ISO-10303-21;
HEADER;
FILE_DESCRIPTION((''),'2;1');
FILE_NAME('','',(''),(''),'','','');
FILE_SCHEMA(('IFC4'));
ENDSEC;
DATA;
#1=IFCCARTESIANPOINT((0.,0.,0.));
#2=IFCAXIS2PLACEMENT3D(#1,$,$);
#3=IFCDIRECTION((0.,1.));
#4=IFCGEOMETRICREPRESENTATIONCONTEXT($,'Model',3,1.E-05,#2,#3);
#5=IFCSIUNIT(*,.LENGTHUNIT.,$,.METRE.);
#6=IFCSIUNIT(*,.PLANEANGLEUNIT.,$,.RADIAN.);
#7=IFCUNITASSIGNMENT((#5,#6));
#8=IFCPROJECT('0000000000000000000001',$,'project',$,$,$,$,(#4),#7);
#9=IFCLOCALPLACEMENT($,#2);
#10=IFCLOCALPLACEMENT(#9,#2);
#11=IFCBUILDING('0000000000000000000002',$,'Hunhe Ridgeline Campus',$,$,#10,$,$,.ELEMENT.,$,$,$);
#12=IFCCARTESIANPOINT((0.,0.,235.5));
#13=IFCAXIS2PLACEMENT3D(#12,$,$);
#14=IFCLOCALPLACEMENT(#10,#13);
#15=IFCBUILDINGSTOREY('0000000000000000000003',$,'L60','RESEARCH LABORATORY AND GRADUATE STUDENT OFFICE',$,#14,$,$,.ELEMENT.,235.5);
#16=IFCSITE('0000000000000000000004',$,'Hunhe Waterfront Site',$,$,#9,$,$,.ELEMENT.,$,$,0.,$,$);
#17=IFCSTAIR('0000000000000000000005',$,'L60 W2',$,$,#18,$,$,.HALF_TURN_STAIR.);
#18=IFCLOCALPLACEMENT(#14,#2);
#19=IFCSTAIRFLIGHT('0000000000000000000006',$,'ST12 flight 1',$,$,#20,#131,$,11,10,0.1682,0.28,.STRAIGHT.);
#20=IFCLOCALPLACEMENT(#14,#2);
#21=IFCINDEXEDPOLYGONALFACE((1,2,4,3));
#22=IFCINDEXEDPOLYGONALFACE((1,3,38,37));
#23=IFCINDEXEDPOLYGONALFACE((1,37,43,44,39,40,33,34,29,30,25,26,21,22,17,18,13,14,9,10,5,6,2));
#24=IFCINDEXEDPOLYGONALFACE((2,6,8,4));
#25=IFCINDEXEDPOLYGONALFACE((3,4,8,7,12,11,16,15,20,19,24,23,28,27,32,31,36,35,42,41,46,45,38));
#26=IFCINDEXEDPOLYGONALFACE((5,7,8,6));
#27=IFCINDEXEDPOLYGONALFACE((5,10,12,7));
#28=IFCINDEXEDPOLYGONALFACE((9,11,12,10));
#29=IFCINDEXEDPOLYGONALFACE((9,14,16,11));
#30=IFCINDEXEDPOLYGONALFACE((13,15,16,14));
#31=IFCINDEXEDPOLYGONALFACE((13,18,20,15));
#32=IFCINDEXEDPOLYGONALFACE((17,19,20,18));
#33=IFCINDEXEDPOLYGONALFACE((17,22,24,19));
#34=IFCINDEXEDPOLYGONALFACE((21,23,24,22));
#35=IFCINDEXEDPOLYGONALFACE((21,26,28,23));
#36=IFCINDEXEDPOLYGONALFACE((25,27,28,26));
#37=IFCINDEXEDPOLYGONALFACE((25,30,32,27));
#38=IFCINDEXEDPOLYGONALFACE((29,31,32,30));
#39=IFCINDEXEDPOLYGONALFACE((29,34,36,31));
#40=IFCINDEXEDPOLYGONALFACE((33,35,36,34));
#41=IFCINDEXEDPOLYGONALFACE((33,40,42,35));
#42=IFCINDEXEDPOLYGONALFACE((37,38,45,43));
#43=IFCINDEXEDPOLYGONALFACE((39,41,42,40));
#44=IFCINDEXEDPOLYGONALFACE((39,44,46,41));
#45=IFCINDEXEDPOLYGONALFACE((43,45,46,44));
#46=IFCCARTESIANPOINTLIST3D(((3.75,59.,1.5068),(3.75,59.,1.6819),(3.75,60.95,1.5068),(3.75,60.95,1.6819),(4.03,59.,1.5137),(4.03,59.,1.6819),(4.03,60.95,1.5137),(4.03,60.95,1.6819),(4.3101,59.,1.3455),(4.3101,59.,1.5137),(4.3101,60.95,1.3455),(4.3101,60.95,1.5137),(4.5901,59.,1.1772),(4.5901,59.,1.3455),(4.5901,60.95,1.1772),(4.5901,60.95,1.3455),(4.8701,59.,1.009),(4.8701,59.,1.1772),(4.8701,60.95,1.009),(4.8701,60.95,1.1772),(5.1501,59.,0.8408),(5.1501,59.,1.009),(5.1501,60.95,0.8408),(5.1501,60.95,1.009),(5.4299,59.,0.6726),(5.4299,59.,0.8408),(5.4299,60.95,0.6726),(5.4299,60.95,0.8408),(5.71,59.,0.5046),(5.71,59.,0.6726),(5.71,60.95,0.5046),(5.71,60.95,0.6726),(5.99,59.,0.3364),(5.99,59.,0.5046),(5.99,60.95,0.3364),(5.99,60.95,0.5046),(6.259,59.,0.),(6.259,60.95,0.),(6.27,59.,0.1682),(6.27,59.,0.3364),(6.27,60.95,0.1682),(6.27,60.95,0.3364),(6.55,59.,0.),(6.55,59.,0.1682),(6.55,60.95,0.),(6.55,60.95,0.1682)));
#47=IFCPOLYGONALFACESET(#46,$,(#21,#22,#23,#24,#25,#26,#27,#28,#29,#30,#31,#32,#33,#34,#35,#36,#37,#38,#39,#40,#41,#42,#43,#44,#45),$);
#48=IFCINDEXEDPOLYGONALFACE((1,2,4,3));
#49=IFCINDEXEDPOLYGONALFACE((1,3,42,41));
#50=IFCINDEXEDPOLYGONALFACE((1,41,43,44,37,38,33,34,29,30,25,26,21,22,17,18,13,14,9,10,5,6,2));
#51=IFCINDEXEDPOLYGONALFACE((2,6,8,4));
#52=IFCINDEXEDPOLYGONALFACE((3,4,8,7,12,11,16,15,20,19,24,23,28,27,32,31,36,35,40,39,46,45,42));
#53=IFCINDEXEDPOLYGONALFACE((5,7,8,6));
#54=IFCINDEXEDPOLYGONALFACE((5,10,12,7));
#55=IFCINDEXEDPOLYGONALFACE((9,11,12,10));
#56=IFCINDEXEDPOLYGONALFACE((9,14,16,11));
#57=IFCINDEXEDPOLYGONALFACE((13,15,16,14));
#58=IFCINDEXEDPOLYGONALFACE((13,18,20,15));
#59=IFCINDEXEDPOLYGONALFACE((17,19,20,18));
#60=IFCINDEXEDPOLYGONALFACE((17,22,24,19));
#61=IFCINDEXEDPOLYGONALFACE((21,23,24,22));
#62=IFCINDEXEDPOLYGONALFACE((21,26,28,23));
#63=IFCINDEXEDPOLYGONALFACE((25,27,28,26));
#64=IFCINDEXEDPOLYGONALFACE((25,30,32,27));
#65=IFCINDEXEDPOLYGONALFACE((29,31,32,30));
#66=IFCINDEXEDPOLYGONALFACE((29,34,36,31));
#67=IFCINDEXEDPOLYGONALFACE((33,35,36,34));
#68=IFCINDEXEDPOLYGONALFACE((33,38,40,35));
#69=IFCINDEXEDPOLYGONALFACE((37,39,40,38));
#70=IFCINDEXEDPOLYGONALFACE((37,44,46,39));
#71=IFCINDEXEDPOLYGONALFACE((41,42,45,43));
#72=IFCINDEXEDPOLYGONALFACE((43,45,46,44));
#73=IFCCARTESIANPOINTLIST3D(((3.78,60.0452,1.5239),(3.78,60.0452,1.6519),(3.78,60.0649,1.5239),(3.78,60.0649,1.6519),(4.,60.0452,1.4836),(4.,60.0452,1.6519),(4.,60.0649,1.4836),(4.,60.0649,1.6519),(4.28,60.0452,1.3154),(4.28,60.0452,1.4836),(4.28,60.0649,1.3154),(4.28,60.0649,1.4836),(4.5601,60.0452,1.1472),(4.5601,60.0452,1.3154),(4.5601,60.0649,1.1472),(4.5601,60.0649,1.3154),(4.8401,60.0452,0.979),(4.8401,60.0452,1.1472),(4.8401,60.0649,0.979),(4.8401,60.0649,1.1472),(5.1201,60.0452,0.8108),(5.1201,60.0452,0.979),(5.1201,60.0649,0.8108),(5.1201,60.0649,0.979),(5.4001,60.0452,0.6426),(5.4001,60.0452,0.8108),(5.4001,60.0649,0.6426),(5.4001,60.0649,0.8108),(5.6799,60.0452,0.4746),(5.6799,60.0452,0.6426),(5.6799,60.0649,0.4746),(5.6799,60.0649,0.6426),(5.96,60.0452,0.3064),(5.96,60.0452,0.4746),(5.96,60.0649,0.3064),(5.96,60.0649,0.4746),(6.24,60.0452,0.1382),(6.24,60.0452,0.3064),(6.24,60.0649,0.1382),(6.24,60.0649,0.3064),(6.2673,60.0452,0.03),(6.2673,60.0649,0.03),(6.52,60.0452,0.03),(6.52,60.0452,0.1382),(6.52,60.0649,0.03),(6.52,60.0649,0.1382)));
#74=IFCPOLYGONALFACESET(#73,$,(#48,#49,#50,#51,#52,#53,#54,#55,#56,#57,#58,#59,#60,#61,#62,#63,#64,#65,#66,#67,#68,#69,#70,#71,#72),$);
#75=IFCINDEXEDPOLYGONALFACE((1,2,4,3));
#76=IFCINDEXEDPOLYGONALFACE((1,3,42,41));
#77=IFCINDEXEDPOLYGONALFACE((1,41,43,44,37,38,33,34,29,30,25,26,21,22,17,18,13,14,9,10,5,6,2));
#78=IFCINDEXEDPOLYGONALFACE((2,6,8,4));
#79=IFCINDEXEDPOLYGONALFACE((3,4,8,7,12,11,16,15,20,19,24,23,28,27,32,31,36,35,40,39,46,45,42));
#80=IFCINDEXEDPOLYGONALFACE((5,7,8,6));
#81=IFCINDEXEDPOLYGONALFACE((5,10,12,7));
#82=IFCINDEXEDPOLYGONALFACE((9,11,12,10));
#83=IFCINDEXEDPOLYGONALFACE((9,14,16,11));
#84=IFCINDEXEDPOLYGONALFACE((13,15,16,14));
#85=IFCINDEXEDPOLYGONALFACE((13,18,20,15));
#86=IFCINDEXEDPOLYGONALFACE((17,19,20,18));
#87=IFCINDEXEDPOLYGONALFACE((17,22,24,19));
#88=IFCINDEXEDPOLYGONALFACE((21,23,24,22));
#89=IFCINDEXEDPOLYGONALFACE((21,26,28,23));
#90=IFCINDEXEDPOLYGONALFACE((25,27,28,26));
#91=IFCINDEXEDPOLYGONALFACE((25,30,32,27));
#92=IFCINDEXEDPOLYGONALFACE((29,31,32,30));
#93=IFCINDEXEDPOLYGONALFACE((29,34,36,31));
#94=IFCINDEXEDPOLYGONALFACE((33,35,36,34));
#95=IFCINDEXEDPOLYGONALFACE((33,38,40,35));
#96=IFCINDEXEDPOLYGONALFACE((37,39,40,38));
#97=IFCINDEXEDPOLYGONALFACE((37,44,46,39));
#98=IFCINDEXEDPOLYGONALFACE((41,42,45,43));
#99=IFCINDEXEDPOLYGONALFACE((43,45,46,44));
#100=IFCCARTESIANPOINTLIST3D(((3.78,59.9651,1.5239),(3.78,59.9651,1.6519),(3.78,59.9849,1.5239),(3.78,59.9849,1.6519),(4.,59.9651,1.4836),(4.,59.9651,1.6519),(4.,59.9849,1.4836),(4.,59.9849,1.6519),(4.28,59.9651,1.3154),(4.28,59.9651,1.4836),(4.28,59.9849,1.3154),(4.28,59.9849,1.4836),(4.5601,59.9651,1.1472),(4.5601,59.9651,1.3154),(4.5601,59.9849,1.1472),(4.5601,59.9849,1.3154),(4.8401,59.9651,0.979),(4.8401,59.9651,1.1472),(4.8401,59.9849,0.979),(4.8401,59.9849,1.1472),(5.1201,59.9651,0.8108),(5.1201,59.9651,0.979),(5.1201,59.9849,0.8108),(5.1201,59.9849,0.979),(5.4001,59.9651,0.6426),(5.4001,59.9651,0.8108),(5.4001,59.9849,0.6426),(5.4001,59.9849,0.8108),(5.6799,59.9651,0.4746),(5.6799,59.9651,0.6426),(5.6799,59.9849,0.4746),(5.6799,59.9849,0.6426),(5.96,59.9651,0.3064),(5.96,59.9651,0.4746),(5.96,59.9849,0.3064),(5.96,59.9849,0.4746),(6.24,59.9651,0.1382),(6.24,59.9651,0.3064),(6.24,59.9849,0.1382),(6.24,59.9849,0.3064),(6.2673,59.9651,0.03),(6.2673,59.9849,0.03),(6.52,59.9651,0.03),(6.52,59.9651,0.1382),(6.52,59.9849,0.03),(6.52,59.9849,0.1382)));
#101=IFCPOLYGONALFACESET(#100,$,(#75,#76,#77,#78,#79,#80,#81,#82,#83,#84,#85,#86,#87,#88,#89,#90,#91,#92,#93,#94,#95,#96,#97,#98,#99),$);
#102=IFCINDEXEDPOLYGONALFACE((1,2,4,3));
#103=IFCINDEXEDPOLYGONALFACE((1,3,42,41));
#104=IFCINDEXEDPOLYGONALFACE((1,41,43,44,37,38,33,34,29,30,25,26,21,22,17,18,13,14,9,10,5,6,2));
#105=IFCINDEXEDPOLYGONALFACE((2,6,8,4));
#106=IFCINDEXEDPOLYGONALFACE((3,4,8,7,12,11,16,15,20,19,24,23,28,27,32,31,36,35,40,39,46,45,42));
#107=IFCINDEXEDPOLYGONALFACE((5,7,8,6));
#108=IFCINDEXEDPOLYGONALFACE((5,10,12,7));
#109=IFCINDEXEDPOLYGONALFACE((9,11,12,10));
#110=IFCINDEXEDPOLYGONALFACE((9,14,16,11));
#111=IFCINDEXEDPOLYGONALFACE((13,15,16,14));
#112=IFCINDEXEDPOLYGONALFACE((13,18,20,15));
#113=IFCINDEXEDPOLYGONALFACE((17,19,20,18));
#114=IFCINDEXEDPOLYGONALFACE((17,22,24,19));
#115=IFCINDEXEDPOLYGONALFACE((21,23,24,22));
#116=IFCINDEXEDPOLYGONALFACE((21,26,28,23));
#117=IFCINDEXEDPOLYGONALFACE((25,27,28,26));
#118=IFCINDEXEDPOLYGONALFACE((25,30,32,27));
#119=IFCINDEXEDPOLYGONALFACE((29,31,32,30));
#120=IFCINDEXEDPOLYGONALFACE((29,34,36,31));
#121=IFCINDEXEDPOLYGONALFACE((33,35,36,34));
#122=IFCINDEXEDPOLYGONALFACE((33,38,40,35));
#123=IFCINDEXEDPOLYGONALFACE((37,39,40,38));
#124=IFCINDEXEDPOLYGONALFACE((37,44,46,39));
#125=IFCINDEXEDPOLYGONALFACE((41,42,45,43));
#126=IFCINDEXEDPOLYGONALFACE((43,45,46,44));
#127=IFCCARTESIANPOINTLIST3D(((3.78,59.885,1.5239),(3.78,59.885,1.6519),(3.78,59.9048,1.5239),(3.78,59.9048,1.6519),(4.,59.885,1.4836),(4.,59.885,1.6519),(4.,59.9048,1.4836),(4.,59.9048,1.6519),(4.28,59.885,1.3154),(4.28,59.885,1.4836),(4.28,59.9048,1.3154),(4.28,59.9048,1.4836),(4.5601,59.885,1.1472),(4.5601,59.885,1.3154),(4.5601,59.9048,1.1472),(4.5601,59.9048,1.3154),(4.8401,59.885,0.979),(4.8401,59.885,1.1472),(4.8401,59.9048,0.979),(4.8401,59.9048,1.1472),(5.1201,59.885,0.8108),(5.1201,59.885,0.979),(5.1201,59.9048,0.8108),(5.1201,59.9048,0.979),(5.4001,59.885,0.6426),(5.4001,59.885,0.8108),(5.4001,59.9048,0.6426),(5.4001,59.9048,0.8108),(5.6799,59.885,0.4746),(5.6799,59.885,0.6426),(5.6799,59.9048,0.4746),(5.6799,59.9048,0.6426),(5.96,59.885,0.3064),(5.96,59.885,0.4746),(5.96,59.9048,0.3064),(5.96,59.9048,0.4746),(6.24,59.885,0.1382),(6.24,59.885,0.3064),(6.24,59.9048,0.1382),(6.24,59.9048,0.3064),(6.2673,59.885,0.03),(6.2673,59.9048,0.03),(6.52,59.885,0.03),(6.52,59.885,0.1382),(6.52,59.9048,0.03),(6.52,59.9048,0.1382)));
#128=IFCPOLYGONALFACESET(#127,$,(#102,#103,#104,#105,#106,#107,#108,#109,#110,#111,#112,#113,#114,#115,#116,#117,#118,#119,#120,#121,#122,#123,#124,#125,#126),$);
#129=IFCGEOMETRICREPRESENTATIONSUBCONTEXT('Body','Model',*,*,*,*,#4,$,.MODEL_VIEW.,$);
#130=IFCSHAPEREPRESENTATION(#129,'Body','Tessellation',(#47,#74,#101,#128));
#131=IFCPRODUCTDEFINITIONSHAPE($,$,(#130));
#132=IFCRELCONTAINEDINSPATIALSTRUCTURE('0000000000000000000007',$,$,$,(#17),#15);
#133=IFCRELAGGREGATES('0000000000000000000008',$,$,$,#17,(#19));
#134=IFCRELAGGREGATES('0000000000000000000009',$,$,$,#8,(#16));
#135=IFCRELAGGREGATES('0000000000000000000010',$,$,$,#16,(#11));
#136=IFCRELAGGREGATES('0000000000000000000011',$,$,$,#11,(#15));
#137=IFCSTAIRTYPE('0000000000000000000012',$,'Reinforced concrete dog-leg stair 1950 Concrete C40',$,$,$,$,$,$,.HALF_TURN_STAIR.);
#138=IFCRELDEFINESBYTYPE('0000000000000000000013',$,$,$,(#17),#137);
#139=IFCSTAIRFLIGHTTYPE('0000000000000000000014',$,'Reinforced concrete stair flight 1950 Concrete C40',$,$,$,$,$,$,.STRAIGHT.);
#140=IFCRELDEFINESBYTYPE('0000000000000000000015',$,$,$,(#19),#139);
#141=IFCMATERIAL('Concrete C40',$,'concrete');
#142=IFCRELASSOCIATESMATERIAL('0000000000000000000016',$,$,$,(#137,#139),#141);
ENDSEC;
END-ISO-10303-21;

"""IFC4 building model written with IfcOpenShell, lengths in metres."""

from ifc_helpers import new_model, si_unit, direction, frame, origin, place, context, subcontext, project, spatial, polyline, outline, extrude, material, type_object, element, aggregate, save


model = new_model("IFC4")

# Units and contexts
model_context = context("Model", 3, precision=1e-05, world=origin(), true_north=direction((0.0, 1.0)))
body_context = subcontext(model_context, "Body", "Model", "MODEL_VIEW")
ifc_project = project(units=[si_unit("LENGTHUNIT", "METRE"), si_unit("PLANEANGLEUNIT", "RADIAN")], contexts=[model_context])

# Site, building, storey
site_placement = place(None, origin())
site = spatial("IfcSite", under=ifc_project, at=site_placement, Name="Hunhe Waterfront Site", CompositionType="ELEMENT", RefElevation=0.0)
building_placement = place(site_placement, origin())
building = spatial("IfcBuilding", under=site, at=building_placement, Name="Hunhe Ridgeline Campus", CompositionType="ELEMENT")
storey_placement = place(building_placement, frame((0.0, 0.0, 235.5)))
storey = spatial("IfcBuildingStorey", under=building, at=storey_placement, Name="L60", Description="RESEARCH LABORATORY AND GRADUATE STUDENT OFFICE", CompositionType="ELEMENT", Elevation=235.5)

# Stair, stair flight
ifc_material_1 = material(Name="Concrete C40", Category="concrete")
stair_type = type_object("IfcStairType", Name="Reinforced concrete dog-leg stair 1950 Concrete C40", PredefinedType="HALF_TURN_STAIR", material=ifc_material_1)
stair_flight_type = type_object("IfcStairFlightType", Name="Reinforced concrete stair flight 1950 Concrete C40", PredefinedType="STRAIGHT", material=ifc_material_1)
stair_1_placement = place(storey_placement, origin())
stair_1 = element("IfcStair", 1, at=stair_1_placement, inside=storey, type_object=stair_type, Name="L60 W2", PredefinedType="HALF_TURN_STAIR")
stair_flight_1_placement = place(storey_placement, frame((6.55, 59.9751, 0.0), z_axis=(0.0, 0.0, 1.0), x_axis=(-1.0, 0.0, 0.0)))
stair_flight_1 = element("IfcStairFlight", 2, at=stair_flight_1_placement, type_object=stair_flight_type, Name="ST12 flight 1", NumberOfRisers=11, NumberOfTreads=10, PredefinedType="STRAIGHT", RiserHeight=0.1682, TreadLength=0.28, context=body_context, shape_type="SweptSolid", body=[
    extrude(outline(polyline([(0.0, 0.0), (0.0, 0.1682), (0.28, 0.1682), (0.28, 0.3364), (0.5601, 0.3364), (0.5601, 0.5046), (0.8401, 0.5046), (0.8401, 0.6726), (1.1201, 0.6726), (1.1201, 0.8408), (1.3999, 0.8408), (1.3999, 1.009), (1.6799, 1.009), (1.6799, 1.1772), (1.96, 1.1772), (1.96, 1.3455), (2.24, 1.3455), (2.24, 1.5137), (2.52, 1.5137), (2.52, 1.6819), (2.8, 1.6819), (2.8, 1.8501), (2.8, 1.5068), (0.291, 0.0), (0.0, 0.0)])), frame((0.0, 0.9751, 0.0), z_axis=(0.0, -1.0, 0.0), x_axis=(1.0, 0.0, 0.0)), (0.0, 0.0, 1.0), 1.95),
    extrude(outline(polyline([(0.03, 0.03), (0.03, 0.1382), (0.3101, 0.1382), (0.3101, 0.3064), (0.5901, 0.3064), (0.5901, 0.4746), (0.8701, 0.4746), (0.8701, 0.6426), (1.1499, 0.6426), (1.1499, 0.8108), (1.4299, 0.8108), (1.4299, 0.979), (1.71, 0.979), (1.71, 1.1472), (1.99, 1.1472), (1.99, 1.3154), (2.27, 1.3154), (2.27, 1.4836), (2.55, 1.4836), (2.55, 1.6519), (2.77, 1.6519), (2.77, 1.5239), (0.2827, 0.03), (0.03, 0.03)])), frame((0.0, -0.0701, 0.0), z_axis=(0.0, -1.0, 0.0), x_axis=(1.0, 0.0, 0.0)), (0.0, 0.0, 1.0), 0.0198),
    extrude(outline(polyline([(0.03, 0.03), (0.03, 0.1382), (0.3101, 0.1382), (0.3101, 0.3064), (0.5901, 0.3064), (0.5901, 0.4746), (0.8701, 0.4746), (0.8701, 0.6426), (1.1499, 0.6426), (1.1499, 0.8108), (1.4299, 0.8108), (1.4299, 0.979), (1.71, 0.979), (1.71, 1.1472), (1.99, 1.1472), (1.99, 1.3154), (2.27, 1.3154), (2.27, 1.4836), (2.55, 1.4836), (2.55, 1.6519), (2.77, 1.6519), (2.77, 1.5239), (0.2827, 0.03), (0.03, 0.03)])), frame((0.0, 0.01, 0.0), z_axis=(0.0, -1.0, 0.0), x_axis=(1.0, 0.0, 0.0)), (0.0, 0.0, 1.0), 0.0198),
    extrude(outline(polyline([(0.03, 0.03), (0.03, 0.1382), (0.3101, 0.1382), (0.3101, 0.3064), (0.5901, 0.3064), (0.5901, 0.4746), (0.8701, 0.4746), (0.8701, 0.6426), (1.1499, 0.6426), (1.1499, 0.8108), (1.4299, 0.8108), (1.4299, 0.979), (1.71, 0.979), (1.71, 1.1472), (1.99, 1.1472), (1.99, 1.3154), (2.27, 1.3154), (2.27, 1.4836), (2.55, 1.4836), (2.55, 1.6519), (2.77, 1.6519), (2.77, 1.5239), (0.2827, 0.03), (0.03, 0.03)])), frame((0.0, 0.0901, 0.0), z_axis=(0.0, -1.0, 0.0), x_axis=(1.0, 0.0, 0.0)), (0.0, 0.0, 1.0), 0.0198),
])
aggregate(stair_1, [stair_flight_1])

save(model, "model.ifc")
